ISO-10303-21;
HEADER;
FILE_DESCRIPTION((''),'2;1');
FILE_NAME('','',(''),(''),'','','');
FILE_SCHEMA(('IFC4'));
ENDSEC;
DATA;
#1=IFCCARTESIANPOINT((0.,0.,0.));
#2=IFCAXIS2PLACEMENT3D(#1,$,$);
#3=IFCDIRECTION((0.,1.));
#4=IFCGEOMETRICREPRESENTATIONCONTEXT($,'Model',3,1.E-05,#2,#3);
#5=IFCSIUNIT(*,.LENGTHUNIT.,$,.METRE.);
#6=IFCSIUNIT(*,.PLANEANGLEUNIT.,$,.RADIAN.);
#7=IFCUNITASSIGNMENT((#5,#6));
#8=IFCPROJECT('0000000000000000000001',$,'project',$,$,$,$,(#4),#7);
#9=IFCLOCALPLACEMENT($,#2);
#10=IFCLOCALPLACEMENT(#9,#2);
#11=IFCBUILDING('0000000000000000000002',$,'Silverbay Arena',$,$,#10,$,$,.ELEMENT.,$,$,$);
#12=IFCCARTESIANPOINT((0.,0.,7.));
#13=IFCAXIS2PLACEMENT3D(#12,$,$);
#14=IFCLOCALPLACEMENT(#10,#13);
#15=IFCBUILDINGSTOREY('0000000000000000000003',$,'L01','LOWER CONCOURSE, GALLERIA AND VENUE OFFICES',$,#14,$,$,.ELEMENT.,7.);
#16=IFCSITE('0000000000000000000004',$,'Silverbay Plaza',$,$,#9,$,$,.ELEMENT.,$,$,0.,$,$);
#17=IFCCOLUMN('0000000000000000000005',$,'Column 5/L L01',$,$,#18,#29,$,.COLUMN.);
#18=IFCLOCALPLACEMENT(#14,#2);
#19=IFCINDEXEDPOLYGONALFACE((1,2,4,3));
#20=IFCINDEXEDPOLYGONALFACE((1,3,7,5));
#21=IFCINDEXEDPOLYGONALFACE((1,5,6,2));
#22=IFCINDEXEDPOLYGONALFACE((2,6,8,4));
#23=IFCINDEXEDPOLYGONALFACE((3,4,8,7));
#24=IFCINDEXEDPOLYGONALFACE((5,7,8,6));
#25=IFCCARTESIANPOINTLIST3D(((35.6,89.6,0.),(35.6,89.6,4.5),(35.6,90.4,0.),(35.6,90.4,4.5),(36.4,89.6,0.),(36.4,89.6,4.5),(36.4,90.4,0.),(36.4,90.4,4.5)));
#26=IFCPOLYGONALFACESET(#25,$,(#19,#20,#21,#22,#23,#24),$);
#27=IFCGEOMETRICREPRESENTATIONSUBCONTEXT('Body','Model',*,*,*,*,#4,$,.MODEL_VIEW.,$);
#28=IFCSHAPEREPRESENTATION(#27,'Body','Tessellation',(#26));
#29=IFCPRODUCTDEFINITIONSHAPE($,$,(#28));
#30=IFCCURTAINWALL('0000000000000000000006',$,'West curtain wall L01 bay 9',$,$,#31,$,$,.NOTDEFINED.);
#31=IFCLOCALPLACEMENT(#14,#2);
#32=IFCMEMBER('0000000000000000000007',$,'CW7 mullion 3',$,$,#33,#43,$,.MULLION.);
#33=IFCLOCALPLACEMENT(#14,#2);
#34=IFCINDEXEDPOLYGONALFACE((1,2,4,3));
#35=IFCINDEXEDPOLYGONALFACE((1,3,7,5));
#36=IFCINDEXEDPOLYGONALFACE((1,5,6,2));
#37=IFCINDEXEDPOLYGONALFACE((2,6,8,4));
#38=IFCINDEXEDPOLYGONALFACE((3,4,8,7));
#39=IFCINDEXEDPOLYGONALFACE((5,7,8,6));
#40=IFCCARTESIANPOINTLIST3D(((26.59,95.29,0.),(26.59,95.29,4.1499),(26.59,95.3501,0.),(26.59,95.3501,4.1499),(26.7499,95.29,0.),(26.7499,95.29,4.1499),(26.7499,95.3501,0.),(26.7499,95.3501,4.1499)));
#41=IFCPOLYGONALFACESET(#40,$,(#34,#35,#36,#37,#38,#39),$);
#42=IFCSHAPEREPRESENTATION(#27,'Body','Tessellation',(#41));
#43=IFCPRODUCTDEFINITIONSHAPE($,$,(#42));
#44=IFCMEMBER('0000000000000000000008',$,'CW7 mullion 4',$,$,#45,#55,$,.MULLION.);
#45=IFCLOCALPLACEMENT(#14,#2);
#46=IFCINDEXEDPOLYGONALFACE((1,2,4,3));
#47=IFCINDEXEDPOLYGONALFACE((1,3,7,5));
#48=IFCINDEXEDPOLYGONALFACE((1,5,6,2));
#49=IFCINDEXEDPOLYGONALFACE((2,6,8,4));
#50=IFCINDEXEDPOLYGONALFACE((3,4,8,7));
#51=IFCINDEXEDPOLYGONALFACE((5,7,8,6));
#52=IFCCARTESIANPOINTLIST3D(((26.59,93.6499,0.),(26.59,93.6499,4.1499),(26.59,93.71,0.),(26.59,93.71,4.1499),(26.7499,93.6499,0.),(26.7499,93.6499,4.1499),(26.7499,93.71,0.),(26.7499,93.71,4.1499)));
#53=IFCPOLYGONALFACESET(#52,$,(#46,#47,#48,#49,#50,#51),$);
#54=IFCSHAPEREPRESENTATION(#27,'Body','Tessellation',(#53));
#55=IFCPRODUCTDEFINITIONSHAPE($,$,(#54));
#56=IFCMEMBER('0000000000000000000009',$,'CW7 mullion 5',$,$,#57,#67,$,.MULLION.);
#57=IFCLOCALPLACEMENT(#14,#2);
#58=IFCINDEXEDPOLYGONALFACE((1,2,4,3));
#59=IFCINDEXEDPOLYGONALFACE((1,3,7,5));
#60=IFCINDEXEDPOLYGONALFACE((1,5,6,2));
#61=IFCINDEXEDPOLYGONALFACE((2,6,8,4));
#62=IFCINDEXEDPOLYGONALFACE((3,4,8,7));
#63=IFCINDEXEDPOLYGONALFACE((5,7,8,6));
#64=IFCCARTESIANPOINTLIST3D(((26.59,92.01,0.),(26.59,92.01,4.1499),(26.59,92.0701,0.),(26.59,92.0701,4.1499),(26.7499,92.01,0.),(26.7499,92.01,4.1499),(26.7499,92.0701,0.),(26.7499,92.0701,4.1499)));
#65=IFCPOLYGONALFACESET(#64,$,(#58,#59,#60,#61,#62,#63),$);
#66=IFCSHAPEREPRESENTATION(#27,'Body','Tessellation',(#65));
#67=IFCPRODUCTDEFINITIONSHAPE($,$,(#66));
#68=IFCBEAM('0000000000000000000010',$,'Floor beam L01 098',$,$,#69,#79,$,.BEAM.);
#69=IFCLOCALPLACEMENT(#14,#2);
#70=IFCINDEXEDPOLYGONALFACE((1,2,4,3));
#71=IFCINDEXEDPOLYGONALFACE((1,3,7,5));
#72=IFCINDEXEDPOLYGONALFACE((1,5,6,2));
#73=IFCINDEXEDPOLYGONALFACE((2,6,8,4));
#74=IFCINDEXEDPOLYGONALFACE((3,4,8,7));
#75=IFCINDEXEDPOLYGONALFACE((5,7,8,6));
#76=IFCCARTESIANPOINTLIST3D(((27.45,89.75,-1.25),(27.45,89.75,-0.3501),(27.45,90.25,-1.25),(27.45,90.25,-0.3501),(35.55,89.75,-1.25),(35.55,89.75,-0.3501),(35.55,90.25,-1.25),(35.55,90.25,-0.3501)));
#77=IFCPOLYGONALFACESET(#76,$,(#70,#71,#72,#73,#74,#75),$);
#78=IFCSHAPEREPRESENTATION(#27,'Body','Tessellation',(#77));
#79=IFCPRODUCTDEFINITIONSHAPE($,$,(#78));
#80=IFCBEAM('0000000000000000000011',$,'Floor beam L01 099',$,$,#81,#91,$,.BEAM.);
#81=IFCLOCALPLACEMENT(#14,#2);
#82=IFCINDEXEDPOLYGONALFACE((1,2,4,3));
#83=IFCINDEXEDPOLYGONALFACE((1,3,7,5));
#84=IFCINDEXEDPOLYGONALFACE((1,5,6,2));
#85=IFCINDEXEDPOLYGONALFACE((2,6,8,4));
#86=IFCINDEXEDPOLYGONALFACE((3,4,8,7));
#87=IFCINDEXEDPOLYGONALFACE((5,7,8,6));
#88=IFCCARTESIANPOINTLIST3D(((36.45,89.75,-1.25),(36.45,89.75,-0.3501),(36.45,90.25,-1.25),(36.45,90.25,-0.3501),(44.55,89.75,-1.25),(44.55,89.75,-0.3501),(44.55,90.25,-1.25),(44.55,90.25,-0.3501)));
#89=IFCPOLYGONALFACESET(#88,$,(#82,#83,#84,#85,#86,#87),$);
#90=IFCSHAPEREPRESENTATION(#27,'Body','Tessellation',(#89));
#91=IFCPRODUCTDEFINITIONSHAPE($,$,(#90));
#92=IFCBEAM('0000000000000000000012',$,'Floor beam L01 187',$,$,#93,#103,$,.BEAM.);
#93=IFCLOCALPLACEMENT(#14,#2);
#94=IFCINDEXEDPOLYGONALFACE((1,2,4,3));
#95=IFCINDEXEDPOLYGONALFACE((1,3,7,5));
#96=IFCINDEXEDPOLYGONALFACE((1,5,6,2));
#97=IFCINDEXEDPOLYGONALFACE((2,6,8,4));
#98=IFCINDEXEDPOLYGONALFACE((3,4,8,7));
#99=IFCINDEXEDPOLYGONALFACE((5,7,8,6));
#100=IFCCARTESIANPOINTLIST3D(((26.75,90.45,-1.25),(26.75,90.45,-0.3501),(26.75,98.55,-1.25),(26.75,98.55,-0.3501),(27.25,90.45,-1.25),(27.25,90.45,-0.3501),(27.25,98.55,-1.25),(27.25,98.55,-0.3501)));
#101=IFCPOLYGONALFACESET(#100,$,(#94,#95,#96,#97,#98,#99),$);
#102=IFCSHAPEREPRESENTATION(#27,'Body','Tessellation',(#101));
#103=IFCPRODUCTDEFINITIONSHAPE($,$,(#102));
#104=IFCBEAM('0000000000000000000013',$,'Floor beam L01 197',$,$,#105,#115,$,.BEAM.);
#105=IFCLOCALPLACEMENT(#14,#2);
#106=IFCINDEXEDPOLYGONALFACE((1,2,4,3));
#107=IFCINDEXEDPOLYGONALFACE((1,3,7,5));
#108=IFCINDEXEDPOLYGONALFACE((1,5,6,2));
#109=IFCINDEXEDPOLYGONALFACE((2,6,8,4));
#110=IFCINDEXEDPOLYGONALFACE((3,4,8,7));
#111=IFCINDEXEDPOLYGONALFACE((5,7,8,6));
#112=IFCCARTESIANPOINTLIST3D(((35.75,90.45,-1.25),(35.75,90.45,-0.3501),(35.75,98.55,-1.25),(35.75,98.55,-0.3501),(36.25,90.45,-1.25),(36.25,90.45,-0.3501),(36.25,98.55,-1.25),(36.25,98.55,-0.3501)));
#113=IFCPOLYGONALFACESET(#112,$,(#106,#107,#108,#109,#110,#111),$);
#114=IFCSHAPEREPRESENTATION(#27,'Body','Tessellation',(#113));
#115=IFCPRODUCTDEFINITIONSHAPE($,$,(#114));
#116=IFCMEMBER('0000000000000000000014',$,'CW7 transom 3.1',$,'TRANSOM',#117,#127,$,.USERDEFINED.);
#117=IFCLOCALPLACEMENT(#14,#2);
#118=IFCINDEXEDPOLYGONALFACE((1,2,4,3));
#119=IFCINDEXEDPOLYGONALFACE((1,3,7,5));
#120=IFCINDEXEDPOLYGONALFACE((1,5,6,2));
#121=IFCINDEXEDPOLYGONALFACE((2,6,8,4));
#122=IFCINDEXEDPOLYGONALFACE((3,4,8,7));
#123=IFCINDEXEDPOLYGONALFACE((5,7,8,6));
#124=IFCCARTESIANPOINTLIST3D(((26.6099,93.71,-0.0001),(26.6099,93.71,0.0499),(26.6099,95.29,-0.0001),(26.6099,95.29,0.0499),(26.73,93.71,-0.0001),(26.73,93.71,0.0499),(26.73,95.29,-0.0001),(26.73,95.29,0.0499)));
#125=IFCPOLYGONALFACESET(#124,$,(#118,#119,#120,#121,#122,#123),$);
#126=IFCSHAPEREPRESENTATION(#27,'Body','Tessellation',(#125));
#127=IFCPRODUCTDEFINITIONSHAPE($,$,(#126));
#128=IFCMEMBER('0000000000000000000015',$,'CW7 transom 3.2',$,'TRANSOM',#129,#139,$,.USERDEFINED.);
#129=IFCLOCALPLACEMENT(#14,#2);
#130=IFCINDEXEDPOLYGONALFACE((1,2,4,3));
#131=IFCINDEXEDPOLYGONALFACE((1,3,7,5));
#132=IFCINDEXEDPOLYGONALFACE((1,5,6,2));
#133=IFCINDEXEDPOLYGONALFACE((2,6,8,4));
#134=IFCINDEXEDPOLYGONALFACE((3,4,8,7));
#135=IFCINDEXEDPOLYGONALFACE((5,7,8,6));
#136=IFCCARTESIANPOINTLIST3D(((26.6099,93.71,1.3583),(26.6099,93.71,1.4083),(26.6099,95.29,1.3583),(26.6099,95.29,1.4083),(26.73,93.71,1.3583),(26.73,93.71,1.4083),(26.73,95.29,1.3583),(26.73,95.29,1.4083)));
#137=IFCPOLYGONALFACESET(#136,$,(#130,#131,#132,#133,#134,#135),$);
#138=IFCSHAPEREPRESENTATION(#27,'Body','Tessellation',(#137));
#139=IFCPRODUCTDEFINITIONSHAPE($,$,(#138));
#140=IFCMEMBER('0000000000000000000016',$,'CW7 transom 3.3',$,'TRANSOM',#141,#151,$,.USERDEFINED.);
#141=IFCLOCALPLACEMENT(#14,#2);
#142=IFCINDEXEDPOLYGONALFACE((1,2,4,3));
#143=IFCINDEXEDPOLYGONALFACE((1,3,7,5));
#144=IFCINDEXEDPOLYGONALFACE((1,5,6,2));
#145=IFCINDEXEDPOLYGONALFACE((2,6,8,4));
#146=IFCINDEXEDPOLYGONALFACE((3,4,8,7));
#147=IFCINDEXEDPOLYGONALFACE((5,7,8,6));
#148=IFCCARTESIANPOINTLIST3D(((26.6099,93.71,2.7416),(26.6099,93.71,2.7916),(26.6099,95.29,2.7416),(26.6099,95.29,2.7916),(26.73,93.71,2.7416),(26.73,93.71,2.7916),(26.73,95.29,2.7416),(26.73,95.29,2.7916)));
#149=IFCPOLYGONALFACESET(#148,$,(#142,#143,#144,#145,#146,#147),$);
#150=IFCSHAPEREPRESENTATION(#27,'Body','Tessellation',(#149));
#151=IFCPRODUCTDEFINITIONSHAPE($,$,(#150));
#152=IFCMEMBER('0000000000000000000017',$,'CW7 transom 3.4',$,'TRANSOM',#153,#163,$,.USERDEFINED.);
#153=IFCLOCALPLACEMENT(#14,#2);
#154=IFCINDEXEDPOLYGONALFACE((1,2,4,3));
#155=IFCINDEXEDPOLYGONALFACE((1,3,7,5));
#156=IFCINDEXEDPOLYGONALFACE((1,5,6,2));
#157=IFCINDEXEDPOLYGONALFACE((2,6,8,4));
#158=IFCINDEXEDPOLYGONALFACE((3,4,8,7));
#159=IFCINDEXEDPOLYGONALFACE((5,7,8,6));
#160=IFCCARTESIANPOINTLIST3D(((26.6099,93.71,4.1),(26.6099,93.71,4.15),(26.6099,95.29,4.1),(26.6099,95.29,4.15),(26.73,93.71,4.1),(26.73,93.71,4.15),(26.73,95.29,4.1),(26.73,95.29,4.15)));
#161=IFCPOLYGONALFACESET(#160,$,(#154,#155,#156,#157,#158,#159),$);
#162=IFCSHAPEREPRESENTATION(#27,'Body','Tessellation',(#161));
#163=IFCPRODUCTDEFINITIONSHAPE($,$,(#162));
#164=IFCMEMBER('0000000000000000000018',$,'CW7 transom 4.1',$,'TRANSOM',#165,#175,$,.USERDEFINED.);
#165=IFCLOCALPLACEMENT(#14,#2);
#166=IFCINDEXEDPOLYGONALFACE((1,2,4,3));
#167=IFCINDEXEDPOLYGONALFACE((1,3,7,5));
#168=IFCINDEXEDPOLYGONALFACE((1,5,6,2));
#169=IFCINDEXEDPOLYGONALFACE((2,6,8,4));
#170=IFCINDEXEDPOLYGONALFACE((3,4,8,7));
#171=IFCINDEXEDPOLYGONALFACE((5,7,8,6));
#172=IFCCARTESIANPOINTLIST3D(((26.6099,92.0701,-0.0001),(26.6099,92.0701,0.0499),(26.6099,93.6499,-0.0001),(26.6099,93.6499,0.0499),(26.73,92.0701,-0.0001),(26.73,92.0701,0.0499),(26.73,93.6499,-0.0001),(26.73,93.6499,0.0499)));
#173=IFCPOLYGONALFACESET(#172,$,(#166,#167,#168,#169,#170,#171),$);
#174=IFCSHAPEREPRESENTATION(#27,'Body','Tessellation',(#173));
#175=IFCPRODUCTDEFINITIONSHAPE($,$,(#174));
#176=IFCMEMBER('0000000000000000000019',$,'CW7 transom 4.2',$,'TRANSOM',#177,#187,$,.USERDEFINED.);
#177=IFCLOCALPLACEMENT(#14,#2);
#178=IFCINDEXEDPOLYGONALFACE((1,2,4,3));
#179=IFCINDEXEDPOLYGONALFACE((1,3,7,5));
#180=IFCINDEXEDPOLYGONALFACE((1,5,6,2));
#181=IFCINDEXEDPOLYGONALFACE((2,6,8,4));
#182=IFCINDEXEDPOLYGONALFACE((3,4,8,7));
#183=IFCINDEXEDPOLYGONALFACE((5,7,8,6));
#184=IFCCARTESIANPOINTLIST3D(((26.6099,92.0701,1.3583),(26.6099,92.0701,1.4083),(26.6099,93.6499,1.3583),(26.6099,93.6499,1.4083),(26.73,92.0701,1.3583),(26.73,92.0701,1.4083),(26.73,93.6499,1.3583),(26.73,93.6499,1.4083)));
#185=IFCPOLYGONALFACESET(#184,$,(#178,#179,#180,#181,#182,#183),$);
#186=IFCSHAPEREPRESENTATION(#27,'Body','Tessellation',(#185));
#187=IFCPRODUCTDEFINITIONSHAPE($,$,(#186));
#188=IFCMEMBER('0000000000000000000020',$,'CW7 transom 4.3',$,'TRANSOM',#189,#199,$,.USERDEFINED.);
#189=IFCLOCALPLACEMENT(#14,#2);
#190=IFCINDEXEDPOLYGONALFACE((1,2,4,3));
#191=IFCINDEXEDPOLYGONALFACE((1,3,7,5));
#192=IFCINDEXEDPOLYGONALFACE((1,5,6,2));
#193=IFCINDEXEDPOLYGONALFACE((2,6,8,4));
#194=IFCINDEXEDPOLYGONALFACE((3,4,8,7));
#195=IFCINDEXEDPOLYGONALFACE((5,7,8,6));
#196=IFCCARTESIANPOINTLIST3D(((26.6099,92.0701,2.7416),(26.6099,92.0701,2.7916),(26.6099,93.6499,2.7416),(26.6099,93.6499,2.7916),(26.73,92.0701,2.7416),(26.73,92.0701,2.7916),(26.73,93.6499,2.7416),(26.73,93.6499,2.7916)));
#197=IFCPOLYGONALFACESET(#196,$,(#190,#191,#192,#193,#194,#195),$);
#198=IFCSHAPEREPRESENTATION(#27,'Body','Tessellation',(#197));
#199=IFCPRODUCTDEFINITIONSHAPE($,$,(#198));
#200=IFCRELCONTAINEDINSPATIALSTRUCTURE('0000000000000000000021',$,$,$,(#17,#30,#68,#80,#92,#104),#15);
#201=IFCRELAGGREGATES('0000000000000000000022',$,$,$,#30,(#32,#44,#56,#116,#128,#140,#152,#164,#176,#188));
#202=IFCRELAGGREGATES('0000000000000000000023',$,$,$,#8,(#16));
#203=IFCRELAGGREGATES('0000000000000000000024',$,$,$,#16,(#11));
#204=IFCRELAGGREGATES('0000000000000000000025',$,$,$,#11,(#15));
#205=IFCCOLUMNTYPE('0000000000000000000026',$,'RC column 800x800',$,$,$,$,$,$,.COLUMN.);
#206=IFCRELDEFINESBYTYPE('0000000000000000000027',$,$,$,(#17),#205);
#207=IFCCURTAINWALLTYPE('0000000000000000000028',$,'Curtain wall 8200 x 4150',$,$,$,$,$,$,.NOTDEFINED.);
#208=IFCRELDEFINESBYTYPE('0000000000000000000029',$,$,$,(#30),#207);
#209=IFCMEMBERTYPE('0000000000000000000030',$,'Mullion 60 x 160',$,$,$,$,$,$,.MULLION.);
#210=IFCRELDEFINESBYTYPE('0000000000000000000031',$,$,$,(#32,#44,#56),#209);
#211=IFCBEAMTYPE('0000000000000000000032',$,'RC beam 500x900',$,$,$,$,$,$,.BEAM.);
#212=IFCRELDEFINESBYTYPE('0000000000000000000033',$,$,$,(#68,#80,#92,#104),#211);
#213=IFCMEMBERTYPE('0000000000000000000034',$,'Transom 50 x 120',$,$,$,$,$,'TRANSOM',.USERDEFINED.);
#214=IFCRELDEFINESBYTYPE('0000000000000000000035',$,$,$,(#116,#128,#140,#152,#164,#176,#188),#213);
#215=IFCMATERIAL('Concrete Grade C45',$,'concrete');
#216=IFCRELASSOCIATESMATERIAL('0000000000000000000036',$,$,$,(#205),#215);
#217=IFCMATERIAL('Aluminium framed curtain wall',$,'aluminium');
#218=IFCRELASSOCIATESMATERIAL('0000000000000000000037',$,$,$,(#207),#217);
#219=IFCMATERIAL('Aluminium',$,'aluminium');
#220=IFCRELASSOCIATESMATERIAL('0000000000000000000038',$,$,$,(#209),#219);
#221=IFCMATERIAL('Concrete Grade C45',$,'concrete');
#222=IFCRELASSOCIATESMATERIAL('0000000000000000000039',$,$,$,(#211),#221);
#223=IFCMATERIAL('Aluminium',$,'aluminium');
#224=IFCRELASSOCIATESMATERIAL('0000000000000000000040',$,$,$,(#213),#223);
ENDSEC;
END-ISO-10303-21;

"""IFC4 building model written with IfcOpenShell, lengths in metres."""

from ifc_helpers import new_model, si_unit, direction, frame, origin, origin_2d, place, context, subcontext, project, spatial, rectangle, extrude, material, material_profile, profile_set, type_object, element, aggregate, save


model = new_model("IFC4")

# Units and contexts
model_context = context("Model", 3, precision=1e-05, world=origin(), true_north=direction((0.0, 1.0)))
body_context = subcontext(model_context, "Body", "Model", "MODEL_VIEW")
ifc_project = project(units=[si_unit("LENGTHUNIT", "METRE"), si_unit("PLANEANGLEUNIT", "RADIAN")], contexts=[model_context])

# Site, building, storey
site_placement = place(None, origin())
site = spatial("IfcSite", under=ifc_project, at=site_placement, Name="Silverbay Plaza", CompositionType="ELEMENT", RefElevation=0.0)
building_placement = place(site_placement, origin())
building = spatial("IfcBuilding", under=site, at=building_placement, Name="Silverbay Arena", CompositionType="ELEMENT")
storey_placement = place(building_placement, frame((0.0, 0.0, 7.0)))
storey = spatial("IfcBuildingStorey", under=building, at=storey_placement, Name="L01", Description="LOWER CONCOURSE, GALLERIA AND VENUE OFFICES", CompositionType="ELEMENT", Elevation=7.0)

# Column
ifc_material_1 = material(Name="Concrete Grade C45", Category="concrete")
ifc_material_profile_1 = material_profile(ifc_material_1, rectangle(XDim=0.8, YDim=0.8, at=origin_2d()), Name="RC 800x800")
ifc_profile_set_1 = profile_set([ifc_material_profile_1], Name="Concrete Grade C45")
column_type = type_object("IfcColumnType", Name="RC column 800x800", PredefinedType="COLUMN", material=ifc_profile_set_1)
column_placement = place(storey_placement, frame((36.0, 90.0, 0.0), z_axis=(0.0, 0.0, 1.0), x_axis=(1.0, 0.0, 0.0)))
element("IfcColumn", 1, at=column_placement, inside=storey, type_object=column_type, Name="Column 5/L L01", PredefinedType="COLUMN", context=body_context, shape_type="SweptSolid", body=[
    extrude(rectangle(XDim=0.8, YDim=0.8, at=origin_2d()), origin(), (0.0, 0.0, 1.0), 4.5),
])

# Curtain wall, members
ifc_material_2 = material(Name="Aluminium framed curtain wall", Category="aluminium")
curtain_wall_type = type_object("IfcCurtainWallType", Name="Curtain wall 8200 x 4150", PredefinedType="NOTDEFINED", material=ifc_material_2)
curtain_wall_placement = place(storey_placement, origin())
curtain_wall = element("IfcCurtainWall", 2, at=curtain_wall_placement, inside=storey, type_object=curtain_wall_type, Name="West curtain wall L01 bay 9", PredefinedType="NOTDEFINED")
ifc_material_3 = material(Name="Aluminium", Category="aluminium")
ifc_material_profile_2 = material_profile(ifc_material_3, rectangle(XDim=0.1599, YDim=0.0601, at=origin_2d()), Name="Mullion 60 x 160")
ifc_profile_set_2 = profile_set([ifc_material_profile_2], Name="Aluminium")
member_type_1 = type_object("IfcMemberType", Name="Mullion 60 x 160", PredefinedType="MULLION", material=ifc_profile_set_2)
member_1_placement = place(storey_placement, frame((26.6699, 95.3201, 0.0), z_axis=(0.0, 0.0, 1.0), x_axis=(1.0, 0.0, 0.0)))
member_1 = element("IfcMember", 3, at=member_1_placement, type_object=member_type_1, Name="CW7 mullion 3", PredefinedType="MULLION", context=body_context, shape_type="SweptSolid", body=[
    extrude(rectangle(XDim=0.1599, YDim=0.0601, at=origin_2d()), origin(), (0.0, 0.0, 1.0), 4.1499),
])
member_2_placement = place(storey_placement, frame((26.6699, 93.6799, 0.0), z_axis=(0.0, 0.0, 1.0), x_axis=(1.0, 0.0, 0.0)))
member_2 = element("IfcMember", 4, at=member_2_placement, type_object=member_type_1, Name="CW7 mullion 4", PredefinedType="MULLION", context=body_context, shape_type="SweptSolid", body=[
    extrude(rectangle(XDim=0.1599, YDim=0.0601, at=origin_2d()), origin(), (0.0, 0.0, 1.0), 4.1499),
])
member_3_placement = place(storey_placement, frame((26.6699, 92.04, 0.0), z_axis=(0.0, 0.0, 1.0), x_axis=(1.0, 0.0, 0.0)))
member_3 = element("IfcMember", 5, at=member_3_placement, type_object=member_type_1, Name="CW7 mullion 5", PredefinedType="MULLION", context=body_context, shape_type="SweptSolid", body=[
    extrude(rectangle(XDim=0.1599, YDim=0.0601, at=origin_2d()), origin(), (0.0, 0.0, 1.0), 4.1499),
])

# Beams
ifc_material_4 = material(Name="Concrete Grade C45", Category="concrete")
ifc_material_profile_3 = material_profile(ifc_material_4, rectangle(XDim=0.5, YDim=0.8999, at=origin_2d()), Name="RC 500x900")
ifc_profile_set_3 = profile_set([ifc_material_profile_3], Name="Concrete Grade C45")
beam_type = type_object("IfcBeamType", Name="RC beam 500x900", PredefinedType="BEAM", material=ifc_profile_set_3)
for number, where, z_axis, x_axis, name in (
    (6, (27.45, 90.0, -0.8), (1.0, 0.0, 0.0), (0.0, 1.0, 0.0), "Floor beam L01 098"),
    (7, (36.45, 90.0, -0.8), (1.0, 0.0, 0.0), (0.0, 1.0, 0.0), "Floor beam L01 099"),
    (8, (27.0, 90.45, -0.8), (0.0, 1.0, 0.0), (-1.0, 0.0, 0.0), "Floor beam L01 187"),
    (9, (36.0, 90.45, -0.8), (0.0, 1.0, 0.0), (-1.0, 0.0, 0.0), "Floor beam L01 197"),
):
    element("IfcBeam", number, at=place(storey_placement, frame(where, z_axis=z_axis, x_axis=x_axis)), inside=storey, type_object=beam_type, Name=name, PredefinedType="BEAM", context=body_context, shape_type="SweptSolid", body=[
        extrude(rectangle(XDim=0.5, YDim=0.8999, at=origin_2d()), origin(), (0.0, 0.0, 1.0), 8.1001),
    ])

# Members
ifc_material_5 = material(Name="Aluminium", Category="aluminium")
ifc_material_profile_4 = material_profile(ifc_material_5, rectangle(XDim=0.1201, YDim=0.05, at=origin_2d()), Name="Transom 50 x 120")
ifc_profile_set_4 = profile_set([ifc_material_profile_4], Name="Aluminium")
member_type_2 = type_object("IfcMemberType", Name="Transom 50 x 120", ElementType="TRANSOM", PredefinedType="USERDEFINED", material=ifc_profile_set_4)
member_4_placement = place(storey_placement, frame((26.6699, 95.29, 0.0249), z_axis=(0.0, -1.0, 0.0), x_axis=(1.0, 0.0, 0.0)))
member_4 = element("IfcMember", 10, at=member_4_placement, type_object=member_type_2, Name="CW7 transom 3.1", ObjectType="TRANSOM", PredefinedType="USERDEFINED", context=body_context, shape_type="SweptSolid", body=[
    extrude(rectangle(XDim=0.1201, YDim=0.05, at=origin_2d()), origin(), (0.0, 0.0, 1.0), 1.5801),
])
member_5_placement = place(storey_placement, frame((26.6699, 95.29, 1.3833), z_axis=(0.0, -1.0, 0.0), x_axis=(1.0, 0.0, 0.0)))
member_5 = element("IfcMember", 11, at=member_5_placement, type_object=member_type_2, Name="CW7 transom 3.2", ObjectType="TRANSOM", PredefinedType="USERDEFINED", context=body_context, shape_type="SweptSolid", body=[
    extrude(rectangle(XDim=0.1201, YDim=0.05, at=origin_2d()), origin(), (0.0, 0.0, 1.0), 1.5801),
])
member_6_placement = place(storey_placement, frame((26.6699, 95.29, 2.7666), z_axis=(0.0, -1.0, 0.0), x_axis=(1.0, 0.0, 0.0)))
member_6 = element("IfcMember", 12, at=member_6_placement, type_object=member_type_2, Name="CW7 transom 3.3", ObjectType="TRANSOM", PredefinedType="USERDEFINED", context=body_context, shape_type="SweptSolid", body=[
    extrude(rectangle(XDim=0.1201, YDim=0.05, at=origin_2d()), origin(), (0.0, 0.0, 1.0), 1.5801),
])
member_7_placement = place(storey_placement, frame((26.6699, 95.29, 4.125), z_axis=(0.0, -1.0, 0.0), x_axis=(1.0, 0.0, 0.0)))
member_7 = element("IfcMember", 13, at=member_7_placement, type_object=member_type_2, Name="CW7 transom 3.4", ObjectType="TRANSOM", PredefinedType="USERDEFINED", context=body_context, shape_type="SweptSolid", body=[
    extrude(rectangle(XDim=0.1201, YDim=0.05, at=origin_2d()), origin(), (0.0, 0.0, 1.0), 1.5801),
])
member_8_placement = place(storey_placement, frame((26.6699, 93.6499, 0.0249), z_axis=(0.0, -1.0, 0.0), x_axis=(1.0, 0.0, 0.0)))
member_8 = element("IfcMember", 14, at=member_8_placement, type_object=member_type_2, Name="CW7 transom 4.1", ObjectType="TRANSOM", PredefinedType="USERDEFINED", context=body_context, shape_type="SweptSolid", body=[
    extrude(rectangle(XDim=0.1201, YDim=0.05, at=origin_2d()), origin(), (0.0, 0.0, 1.0), 1.5798),
])
member_9_placement = place(storey_placement, frame((26.6699, 93.6499, 1.3833), z_axis=(0.0, -1.0, 0.0), x_axis=(1.0, 0.0, 0.0)))
member_9 = element("IfcMember", 15, at=member_9_placement, type_object=member_type_2, Name="CW7 transom 4.2", ObjectType="TRANSOM", PredefinedType="USERDEFINED", context=body_context, shape_type="SweptSolid", body=[
    extrude(rectangle(XDim=0.1201, YDim=0.05, at=origin_2d()), origin(), (0.0, 0.0, 1.0), 1.5798),
])
member_10_placement = place(storey_placement, frame((26.6699, 93.6499, 2.7666), z_axis=(0.0, -1.0, 0.0), x_axis=(1.0, 0.0, 0.0)))
member_10 = element("IfcMember", 16, at=member_10_placement, type_object=member_type_2, Name="CW7 transom 4.3", ObjectType="TRANSOM", PredefinedType="USERDEFINED", context=body_context, shape_type="SweptSolid", body=[
    extrude(rectangle(XDim=0.1201, YDim=0.05, at=origin_2d()), origin(), (0.0, 0.0, 1.0), 1.5798),
])

aggregate(curtain_wall, [member_1, member_2, member_3, member_4, member_5, member_6, member_7, member_8, member_9, member_10])

save(model, "model.ifc")
